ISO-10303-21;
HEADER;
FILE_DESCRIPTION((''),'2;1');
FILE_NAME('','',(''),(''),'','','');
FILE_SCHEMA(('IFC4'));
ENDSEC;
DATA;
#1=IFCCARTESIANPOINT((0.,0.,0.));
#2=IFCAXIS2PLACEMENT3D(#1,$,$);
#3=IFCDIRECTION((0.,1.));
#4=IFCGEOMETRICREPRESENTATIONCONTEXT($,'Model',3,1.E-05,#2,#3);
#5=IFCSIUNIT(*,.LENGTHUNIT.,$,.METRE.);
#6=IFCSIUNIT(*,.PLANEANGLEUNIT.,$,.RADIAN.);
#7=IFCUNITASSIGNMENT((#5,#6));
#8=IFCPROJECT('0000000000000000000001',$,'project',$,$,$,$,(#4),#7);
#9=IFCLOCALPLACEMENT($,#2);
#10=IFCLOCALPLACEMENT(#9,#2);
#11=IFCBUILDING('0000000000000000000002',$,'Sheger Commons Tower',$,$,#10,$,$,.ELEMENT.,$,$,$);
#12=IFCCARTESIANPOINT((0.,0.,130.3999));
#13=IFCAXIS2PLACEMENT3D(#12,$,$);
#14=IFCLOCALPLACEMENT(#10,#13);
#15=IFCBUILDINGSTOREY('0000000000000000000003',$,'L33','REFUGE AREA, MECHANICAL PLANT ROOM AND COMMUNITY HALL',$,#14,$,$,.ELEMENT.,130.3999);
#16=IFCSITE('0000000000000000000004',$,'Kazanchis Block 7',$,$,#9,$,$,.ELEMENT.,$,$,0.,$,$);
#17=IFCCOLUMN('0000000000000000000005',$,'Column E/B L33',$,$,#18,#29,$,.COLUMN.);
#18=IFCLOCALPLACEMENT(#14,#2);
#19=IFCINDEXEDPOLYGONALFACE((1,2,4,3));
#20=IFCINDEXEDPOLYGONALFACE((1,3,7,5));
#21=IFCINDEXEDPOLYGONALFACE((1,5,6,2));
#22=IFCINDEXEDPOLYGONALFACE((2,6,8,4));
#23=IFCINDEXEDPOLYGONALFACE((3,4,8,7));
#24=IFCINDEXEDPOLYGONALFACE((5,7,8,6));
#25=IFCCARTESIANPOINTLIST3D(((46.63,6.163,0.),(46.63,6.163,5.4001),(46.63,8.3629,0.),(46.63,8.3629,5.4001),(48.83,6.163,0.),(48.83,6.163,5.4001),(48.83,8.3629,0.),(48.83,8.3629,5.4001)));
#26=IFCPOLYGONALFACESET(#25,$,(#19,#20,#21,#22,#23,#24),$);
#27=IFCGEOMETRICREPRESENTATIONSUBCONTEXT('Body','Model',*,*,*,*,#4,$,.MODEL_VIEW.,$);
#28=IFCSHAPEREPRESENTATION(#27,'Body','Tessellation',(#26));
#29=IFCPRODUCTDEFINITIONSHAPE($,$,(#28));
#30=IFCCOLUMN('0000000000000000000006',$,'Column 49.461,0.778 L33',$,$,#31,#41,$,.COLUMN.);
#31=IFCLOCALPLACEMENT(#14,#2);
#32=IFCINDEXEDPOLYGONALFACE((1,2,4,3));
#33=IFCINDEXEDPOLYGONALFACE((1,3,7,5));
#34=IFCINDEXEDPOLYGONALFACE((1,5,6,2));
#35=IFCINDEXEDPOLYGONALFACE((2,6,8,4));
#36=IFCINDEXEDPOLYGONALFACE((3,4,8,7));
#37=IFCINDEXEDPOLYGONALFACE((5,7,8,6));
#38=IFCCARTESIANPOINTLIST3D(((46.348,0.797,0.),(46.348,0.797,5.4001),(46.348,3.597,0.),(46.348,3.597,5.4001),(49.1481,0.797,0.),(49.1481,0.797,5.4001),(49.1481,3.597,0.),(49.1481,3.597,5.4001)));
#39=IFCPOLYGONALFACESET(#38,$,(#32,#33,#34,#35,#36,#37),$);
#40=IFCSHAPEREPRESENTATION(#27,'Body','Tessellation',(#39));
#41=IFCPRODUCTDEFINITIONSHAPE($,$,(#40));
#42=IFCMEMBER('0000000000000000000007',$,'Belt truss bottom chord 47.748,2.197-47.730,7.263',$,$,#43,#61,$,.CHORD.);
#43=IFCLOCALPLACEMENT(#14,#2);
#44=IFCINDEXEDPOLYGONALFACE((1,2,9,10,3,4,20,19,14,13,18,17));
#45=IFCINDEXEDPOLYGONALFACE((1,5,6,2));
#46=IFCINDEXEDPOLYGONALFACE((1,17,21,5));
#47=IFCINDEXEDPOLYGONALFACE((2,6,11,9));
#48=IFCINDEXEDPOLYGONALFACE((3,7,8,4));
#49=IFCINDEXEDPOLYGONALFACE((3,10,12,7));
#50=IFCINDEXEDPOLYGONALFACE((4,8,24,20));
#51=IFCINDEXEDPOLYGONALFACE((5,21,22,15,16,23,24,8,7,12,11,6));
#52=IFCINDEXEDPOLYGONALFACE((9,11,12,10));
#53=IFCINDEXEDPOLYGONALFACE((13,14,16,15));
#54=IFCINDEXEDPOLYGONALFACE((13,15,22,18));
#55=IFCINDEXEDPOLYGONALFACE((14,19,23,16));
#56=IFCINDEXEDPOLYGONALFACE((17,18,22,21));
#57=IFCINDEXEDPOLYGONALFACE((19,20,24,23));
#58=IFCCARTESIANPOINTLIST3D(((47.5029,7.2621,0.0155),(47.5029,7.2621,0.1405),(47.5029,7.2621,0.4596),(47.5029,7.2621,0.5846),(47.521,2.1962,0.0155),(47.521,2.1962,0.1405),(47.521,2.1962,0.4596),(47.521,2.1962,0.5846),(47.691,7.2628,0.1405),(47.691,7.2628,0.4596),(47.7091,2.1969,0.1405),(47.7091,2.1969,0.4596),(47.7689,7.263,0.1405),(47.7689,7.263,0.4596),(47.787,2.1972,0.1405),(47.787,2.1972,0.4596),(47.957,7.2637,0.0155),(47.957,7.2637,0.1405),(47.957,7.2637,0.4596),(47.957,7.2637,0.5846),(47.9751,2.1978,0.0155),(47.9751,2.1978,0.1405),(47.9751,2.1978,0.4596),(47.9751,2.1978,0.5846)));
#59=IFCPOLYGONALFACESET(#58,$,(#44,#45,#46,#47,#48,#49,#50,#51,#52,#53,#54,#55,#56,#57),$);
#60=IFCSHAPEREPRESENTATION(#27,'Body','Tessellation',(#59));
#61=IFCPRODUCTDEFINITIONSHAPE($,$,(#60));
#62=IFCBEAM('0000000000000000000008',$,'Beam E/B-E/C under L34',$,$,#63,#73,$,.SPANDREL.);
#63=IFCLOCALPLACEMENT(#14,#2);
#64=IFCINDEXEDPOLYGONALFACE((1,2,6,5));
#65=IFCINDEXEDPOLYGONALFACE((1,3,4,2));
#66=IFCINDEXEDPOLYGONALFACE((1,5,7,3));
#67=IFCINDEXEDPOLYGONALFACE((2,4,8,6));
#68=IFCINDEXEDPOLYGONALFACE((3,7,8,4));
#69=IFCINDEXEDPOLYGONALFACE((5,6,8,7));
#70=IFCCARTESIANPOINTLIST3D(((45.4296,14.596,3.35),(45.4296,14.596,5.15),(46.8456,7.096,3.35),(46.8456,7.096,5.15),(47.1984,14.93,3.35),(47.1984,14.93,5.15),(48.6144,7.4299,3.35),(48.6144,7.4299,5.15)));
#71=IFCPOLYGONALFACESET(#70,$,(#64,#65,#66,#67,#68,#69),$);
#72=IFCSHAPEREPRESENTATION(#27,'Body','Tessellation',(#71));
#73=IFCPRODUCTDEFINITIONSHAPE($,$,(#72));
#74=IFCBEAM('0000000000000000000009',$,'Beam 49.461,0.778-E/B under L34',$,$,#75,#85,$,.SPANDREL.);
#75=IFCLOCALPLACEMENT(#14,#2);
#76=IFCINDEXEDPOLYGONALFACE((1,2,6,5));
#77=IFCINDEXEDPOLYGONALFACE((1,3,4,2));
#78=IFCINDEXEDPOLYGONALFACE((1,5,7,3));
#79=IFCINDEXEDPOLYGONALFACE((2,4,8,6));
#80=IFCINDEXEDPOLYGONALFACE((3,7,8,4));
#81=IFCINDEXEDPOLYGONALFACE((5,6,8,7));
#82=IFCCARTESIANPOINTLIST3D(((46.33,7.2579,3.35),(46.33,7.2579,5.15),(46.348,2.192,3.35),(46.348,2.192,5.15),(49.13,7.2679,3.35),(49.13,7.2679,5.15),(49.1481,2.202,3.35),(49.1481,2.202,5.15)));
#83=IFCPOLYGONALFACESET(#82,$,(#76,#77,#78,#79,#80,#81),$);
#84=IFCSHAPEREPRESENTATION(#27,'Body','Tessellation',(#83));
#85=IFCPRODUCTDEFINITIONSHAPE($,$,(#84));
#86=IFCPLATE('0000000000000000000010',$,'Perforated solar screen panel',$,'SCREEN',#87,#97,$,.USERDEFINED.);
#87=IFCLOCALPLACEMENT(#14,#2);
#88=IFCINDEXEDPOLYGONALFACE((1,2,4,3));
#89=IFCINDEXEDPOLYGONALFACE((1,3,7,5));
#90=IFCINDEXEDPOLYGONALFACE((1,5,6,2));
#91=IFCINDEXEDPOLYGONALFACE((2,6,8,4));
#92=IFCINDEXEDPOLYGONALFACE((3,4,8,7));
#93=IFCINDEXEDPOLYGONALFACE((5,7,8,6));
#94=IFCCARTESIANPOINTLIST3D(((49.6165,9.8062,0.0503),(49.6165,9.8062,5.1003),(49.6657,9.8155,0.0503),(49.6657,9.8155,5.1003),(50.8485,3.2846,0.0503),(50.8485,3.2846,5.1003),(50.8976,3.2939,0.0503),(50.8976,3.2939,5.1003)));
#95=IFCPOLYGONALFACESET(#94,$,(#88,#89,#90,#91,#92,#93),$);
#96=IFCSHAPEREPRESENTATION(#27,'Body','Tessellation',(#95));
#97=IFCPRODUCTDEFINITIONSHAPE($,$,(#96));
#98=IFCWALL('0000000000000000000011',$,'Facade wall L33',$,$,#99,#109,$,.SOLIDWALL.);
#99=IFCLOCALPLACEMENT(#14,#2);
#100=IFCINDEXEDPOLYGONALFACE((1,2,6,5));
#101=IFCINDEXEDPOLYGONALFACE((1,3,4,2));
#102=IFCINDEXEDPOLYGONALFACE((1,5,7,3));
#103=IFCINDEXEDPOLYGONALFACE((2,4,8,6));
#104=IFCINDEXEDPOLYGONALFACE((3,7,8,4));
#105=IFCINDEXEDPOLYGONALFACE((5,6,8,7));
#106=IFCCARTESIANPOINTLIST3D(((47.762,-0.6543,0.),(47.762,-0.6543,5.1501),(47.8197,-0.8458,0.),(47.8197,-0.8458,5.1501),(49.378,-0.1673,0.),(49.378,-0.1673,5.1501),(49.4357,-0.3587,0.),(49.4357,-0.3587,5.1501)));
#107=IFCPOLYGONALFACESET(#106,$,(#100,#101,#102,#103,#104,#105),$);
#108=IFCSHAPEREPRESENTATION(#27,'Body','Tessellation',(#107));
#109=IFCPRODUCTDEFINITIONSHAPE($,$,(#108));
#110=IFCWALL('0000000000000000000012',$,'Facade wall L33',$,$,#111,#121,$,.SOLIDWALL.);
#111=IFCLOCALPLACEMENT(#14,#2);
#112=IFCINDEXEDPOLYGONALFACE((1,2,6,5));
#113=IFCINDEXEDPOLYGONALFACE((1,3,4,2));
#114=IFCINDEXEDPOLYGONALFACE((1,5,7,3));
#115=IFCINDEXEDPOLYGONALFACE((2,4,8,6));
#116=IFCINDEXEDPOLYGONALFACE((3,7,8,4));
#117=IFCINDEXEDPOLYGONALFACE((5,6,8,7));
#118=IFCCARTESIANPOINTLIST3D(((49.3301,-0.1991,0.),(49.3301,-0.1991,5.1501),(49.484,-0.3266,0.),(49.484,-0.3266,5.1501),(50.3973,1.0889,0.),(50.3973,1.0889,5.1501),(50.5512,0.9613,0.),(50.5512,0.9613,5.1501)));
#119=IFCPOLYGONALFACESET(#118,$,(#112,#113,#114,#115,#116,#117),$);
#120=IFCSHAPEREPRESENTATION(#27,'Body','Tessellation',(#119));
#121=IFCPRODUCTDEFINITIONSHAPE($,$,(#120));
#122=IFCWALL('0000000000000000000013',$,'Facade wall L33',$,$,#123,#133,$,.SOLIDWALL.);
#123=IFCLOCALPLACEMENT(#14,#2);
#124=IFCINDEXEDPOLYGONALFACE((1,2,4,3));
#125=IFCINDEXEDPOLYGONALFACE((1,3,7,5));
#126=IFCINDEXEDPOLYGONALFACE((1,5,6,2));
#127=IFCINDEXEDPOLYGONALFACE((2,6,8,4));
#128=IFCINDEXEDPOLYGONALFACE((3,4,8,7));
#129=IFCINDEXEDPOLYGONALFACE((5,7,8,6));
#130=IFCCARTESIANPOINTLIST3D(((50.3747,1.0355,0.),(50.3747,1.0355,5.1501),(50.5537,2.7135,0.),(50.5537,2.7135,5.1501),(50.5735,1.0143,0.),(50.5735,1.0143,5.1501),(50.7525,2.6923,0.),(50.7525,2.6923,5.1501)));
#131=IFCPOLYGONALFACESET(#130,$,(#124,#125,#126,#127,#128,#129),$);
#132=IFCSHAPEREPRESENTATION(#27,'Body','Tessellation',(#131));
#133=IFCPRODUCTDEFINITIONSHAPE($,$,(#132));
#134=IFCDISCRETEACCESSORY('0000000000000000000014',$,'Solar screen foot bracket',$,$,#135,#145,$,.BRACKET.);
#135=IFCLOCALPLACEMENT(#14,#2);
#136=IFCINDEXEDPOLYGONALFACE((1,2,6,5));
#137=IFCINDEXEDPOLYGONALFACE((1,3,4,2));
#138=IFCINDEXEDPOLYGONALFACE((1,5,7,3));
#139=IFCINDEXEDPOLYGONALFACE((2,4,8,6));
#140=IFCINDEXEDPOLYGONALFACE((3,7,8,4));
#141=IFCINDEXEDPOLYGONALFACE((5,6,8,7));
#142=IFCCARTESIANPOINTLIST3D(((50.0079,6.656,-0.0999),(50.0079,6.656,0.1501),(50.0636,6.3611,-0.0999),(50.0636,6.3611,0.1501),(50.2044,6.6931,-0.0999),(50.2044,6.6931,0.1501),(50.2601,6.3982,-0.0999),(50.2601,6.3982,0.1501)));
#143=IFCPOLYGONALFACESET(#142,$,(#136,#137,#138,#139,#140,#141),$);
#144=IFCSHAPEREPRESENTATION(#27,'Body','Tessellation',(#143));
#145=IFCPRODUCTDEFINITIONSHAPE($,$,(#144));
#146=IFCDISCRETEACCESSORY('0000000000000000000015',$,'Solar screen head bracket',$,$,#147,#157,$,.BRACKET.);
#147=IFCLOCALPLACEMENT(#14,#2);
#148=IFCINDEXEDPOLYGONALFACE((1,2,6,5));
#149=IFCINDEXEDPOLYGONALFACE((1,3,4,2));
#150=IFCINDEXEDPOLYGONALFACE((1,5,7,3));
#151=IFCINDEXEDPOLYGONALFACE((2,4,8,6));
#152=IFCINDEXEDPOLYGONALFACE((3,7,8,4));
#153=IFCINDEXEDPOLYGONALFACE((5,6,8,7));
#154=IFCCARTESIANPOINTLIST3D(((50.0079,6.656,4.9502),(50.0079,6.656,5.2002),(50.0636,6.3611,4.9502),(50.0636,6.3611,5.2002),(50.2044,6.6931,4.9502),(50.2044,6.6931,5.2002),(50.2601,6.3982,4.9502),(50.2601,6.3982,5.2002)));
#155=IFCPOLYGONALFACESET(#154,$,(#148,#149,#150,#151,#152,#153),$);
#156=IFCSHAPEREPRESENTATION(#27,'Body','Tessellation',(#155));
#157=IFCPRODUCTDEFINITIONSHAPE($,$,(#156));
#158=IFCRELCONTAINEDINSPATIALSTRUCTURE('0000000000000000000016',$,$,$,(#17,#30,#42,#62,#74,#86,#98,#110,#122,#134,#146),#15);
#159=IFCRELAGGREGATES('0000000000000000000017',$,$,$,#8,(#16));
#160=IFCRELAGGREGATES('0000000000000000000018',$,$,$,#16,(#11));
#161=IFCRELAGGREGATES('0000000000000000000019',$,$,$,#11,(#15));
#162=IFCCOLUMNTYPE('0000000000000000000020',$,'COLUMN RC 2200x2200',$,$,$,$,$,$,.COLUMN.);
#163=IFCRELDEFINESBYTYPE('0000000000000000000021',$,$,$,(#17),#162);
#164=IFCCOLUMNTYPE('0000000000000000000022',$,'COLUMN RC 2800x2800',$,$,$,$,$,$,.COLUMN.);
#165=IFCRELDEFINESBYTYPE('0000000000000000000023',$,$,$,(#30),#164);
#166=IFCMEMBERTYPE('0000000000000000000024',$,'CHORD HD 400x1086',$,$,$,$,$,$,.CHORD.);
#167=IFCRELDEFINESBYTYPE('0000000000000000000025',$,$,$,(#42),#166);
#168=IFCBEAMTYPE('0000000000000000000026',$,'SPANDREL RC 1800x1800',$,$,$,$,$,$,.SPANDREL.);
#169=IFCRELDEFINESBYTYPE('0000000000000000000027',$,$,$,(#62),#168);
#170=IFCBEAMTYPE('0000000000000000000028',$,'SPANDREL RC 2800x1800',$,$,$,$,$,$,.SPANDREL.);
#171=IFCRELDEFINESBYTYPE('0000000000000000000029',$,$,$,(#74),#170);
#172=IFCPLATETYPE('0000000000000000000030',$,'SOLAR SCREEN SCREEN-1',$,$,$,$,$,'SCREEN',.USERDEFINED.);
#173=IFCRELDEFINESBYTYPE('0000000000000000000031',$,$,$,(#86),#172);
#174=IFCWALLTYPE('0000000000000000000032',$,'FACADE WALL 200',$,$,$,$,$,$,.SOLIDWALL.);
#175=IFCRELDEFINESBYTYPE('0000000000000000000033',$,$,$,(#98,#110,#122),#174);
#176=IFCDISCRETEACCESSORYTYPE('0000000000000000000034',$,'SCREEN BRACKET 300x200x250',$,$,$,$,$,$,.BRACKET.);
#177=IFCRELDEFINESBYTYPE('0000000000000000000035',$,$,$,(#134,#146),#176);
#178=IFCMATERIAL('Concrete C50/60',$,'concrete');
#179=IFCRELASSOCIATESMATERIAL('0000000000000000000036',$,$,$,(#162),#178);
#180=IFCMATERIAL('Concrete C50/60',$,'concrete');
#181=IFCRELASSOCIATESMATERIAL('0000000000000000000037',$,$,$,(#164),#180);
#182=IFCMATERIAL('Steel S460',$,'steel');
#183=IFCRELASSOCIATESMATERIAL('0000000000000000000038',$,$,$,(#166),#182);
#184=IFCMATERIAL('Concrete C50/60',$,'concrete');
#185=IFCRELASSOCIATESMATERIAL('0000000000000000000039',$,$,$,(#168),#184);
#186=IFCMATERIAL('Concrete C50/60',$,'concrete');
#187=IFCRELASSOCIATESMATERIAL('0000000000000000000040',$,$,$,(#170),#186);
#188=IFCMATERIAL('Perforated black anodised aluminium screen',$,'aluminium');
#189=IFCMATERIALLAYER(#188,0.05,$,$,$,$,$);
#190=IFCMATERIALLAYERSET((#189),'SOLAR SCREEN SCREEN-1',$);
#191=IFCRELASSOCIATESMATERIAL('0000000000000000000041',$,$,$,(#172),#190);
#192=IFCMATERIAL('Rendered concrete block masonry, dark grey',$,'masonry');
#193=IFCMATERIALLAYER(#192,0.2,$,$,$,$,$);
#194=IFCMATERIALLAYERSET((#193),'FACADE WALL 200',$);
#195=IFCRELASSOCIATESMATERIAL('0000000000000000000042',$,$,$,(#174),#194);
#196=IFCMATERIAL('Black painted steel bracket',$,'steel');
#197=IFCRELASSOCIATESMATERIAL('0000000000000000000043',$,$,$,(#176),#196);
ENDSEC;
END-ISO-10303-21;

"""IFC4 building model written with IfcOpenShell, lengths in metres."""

from ifc_helpers import new_model, si_unit, direction, frame, frame_2d, origin, origin_2d, place, context, subcontext, project, spatial, rectangle, i_section, extrude, material, layer, layer_set, material_profile, profile_set, type_object, element, save


model = new_model("IFC4")

# Units and contexts
model_context = context("Model", 3, precision=1e-05, world=origin(), true_north=direction((0.0, 1.0)))
body_context = subcontext(model_context, "Body", "Model", "MODEL_VIEW")
ifc_project = project(units=[si_unit("LENGTHUNIT", "METRE"), si_unit("PLANEANGLEUNIT", "RADIAN")], contexts=[model_context])

# Site, building, storey
site_placement = place(None, origin())
site = spatial("IfcSite", under=ifc_project, at=site_placement, Name="Kazanchis Block 7", CompositionType="ELEMENT", RefElevation=0.0)
building_placement = place(site_placement, origin())
building = spatial("IfcBuilding", under=site, at=building_placement, Name="Sheger Commons Tower", CompositionType="ELEMENT")
storey_placement = place(building_placement, frame((0.0, 0.0, 130.3999)))
storey = spatial("IfcBuildingStorey", under=building, at=storey_placement, Name="L33", Description="REFUGE AREA, MECHANICAL PLANT ROOM AND COMMUNITY HALL", CompositionType="ELEMENT", Elevation=130.3999)

# Columns
ifc_material_1 = material(Name="Concrete C50/60", Category="concrete")
ifc_material_profile_1 = material_profile(ifc_material_1, rectangle(XDim=2.2, YDim=2.2, at=origin_2d()), Name="RC 2200x2200")
ifc_profile_set_1 = profile_set([ifc_material_profile_1], Name="Concrete C50/60")
column_type_1 = type_object("IfcColumnType", Name="COLUMN RC 2200x2200", PredefinedType="COLUMN", material=ifc_profile_set_1)
column_1_placement = place(storey_placement, frame((47.73, 7.2629, 0.0), z_axis=(0.0, 0.0, 1.0), x_axis=(1.0, 0.0, 0.0)))
element("IfcColumn", 1, at=column_1_placement, inside=storey, type_object=column_type_1, Name="Column E/B L33", PredefinedType="COLUMN", context=body_context, shape_type="SweptSolid", body=[
    extrude(rectangle(XDim=2.2, YDim=2.2, at=origin_2d()), origin(), (0.0, 0.0, 1.0), 5.4001),
])
ifc_material_2 = material(Name="Concrete C50/60", Category="concrete")
ifc_material_profile_2 = material_profile(ifc_material_2, rectangle(XDim=2.8, YDim=2.8, at=origin_2d()), Name="RC 2800x2800")
ifc_profile_set_2 = profile_set([ifc_material_profile_2], Name="Concrete C50/60")
column_type_2 = type_object("IfcColumnType", Name="COLUMN RC 2800x2800", PredefinedType="COLUMN", material=ifc_profile_set_2)
column_2_placement = place(storey_placement, frame((47.748, 2.197, 0.0), z_axis=(0.0, 0.0, 1.0), x_axis=(1.0, 0.0, 0.0)))
element("IfcColumn", 2, at=column_2_placement, inside=storey, type_object=column_type_2, Name="Column 49.461,0.778 L33", PredefinedType="COLUMN", context=body_context, shape_type="SweptSolid", body=[
    extrude(rectangle(XDim=2.8, YDim=2.8, at=origin_2d()), origin(), (0.0, 0.0, 1.0), 5.4001),
])

# Member
ifc_material_3 = material(Name="Steel S460", Category="steel")
ifc_material_profile_3 = material_profile(ifc_material_3, i_section(OverallWidth=0.4541, OverallDepth=0.5691, WebThickness=0.0779, FlangeThickness=0.125, at=origin_2d()), Name="HD 400x1086")
ifc_profile_set_3 = profile_set([ifc_material_profile_3], Name="Steel S460")
member_type = type_object("IfcMemberType", Name="CHORD HD 400x1086", PredefinedType="CHORD", material=ifc_profile_set_3)
member_placement = place(storey_placement, frame((47.748, 2.197, 0.3), z_axis=(-0.003566, 0.999994, 0.0), x_axis=(-0.999994, -0.003566, 0.0)))
element("IfcMember", 3, at=member_placement, inside=storey, type_object=member_type, Name="Belt truss bottom chord 47.748,2.197-47.730,7.263", PredefinedType="CHORD", context=body_context, shape_type="SweptSolid", body=[
    extrude(i_section(OverallWidth=0.4541, OverallDepth=0.5691, WebThickness=0.0779, FlangeThickness=0.125, at=origin_2d()), origin(), (0.0, 0.0, 1.0), 5.0659),
])

# Beams
ifc_material_4 = material(Name="Concrete C50/60", Category="concrete")
ifc_material_profile_4 = material_profile(ifc_material_4, rectangle(XDim=1.8, YDim=1.8, at=origin_2d()), Name="RC 1800x1800")
ifc_profile_set_4 = profile_set([ifc_material_profile_4], Name="Concrete C50/60")
beam_type_1 = type_object("IfcBeamType", Name="SPANDREL RC 1800x1800", PredefinedType="SPANDREL", material=ifc_profile_set_4)
beam_1_placement = place(storey_placement, frame((47.73, 7.2629, 4.25), z_axis=(-0.185524, 0.98264, 0.0), x_axis=(-0.98264, -0.185524, 0.0)))
element("IfcBeam", 4, at=beam_1_placement, inside=storey, type_object=beam_type_1, Name="Beam E/B-E/C under L34", PredefinedType="SPANDREL", context=body_context, shape_type="SweptSolid", body=[
    extrude(rectangle(XDim=1.8, YDim=1.8, at=origin_2d()), origin(), (0.0, 0.0, 1.0), 7.6326),
])
ifc_material_5 = material(Name="Concrete C50/60", Category="concrete")
ifc_material_profile_5 = material_profile(ifc_material_5, rectangle(XDim=2.8, YDim=1.8, at=origin_2d()), Name="RC 2800x1800")
ifc_profile_set_5 = profile_set([ifc_material_profile_5], Name="Concrete C50/60")
beam_type_2 = type_object("IfcBeamType", Name="SPANDREL RC 2800x1800", PredefinedType="SPANDREL", material=ifc_profile_set_5)
beam_2_placement = place(storey_placement, frame((47.748, 2.197, 4.25), z_axis=(-0.003566, 0.999994, 0.0), x_axis=(-0.999994, -0.003566, 0.0)))
element("IfcBeam", 5, at=beam_2_placement, inside=storey, type_object=beam_type_2, Name="Beam 49.461,0.778-E/B under L34", PredefinedType="SPANDREL", context=body_context, shape_type="SweptSolid", body=[
    extrude(rectangle(XDim=2.8, YDim=1.8, at=origin_2d()), origin(), (0.0, 0.0, 1.0), 5.0659),
])

# Plate
ifc_material_6 = material(Name="Perforated black anodised aluminium screen", Category="aluminium")
ifc_layer_1 = layer(ifc_material_6, 0.05)
ifc_layer_set_1 = layer_set([ifc_layer_1], Name="SOLAR SCREEN SCREEN-1")
plate_type = type_object("IfcPlateType", Name="SOLAR SCREEN SCREEN-1", ElementType="SCREEN", PredefinedType="USERDEFINED", material=ifc_layer_set_1)
plate_placement = place(storey_placement, frame((50.2571, 6.55, 0.0503), z_axis=(0.0, 0.0, 1.0), x_axis=(-0.185615, 0.982623, 0.0)))
element("IfcPlate", 6, at=plate_placement, inside=storey, type_object=plate_type, Name="Perforated solar screen panel", ObjectType="SCREEN", PredefinedType="USERDEFINED", context=body_context, shape_type="SweptSolid", body=[
    extrude(rectangle(XDim=6.637, YDim=0.05, at=origin_2d()), origin(), (0.0, 0.0, 1.0), 5.05),
])

# Walls
ifc_material_7 = material(Name="Rendered concrete block masonry, dark grey", Category="masonry")
ifc_layer_2 = layer(ifc_material_7, 0.2)
ifc_layer_set_2 = layer_set([ifc_layer_2], Name="FACADE WALL 200")
wall_type = type_object("IfcWallType", Name="FACADE WALL 200", PredefinedType="SOLIDWALL", material=ifc_layer_set_2)
wall_1_placement = place(storey_placement, frame((47.791, -0.75, 0.0), z_axis=(0.0, 0.0, 1.0), x_axis=(0.957455, 0.288582, 0.0)))
element("IfcWall", 7, at=wall_1_placement, inside=storey, type_object=wall_type, Name="Facade wall L33", PredefinedType="SOLIDWALL", context=body_context, shape_type="SweptSolid", body=[
    extrude(rectangle(XDim=1.6877, YDim=0.2, at=frame_2d((0.8438, 0.0))), origin(), (0.0, 0.0, 1.0), 5.1501),
])
wall_2_placement = place(storey_placement, frame((49.407, -0.2629, 0.0), z_axis=(0.0, 0.0, 1.0), x_axis=(0.638043, 0.770001, 0.0)))
element("IfcWall", 8, at=wall_2_placement, inside=storey, type_object=wall_type, Name="Facade wall L33", PredefinedType="SOLIDWALL", context=body_context, shape_type="SweptSolid", body=[
    extrude(rectangle(XDim=1.6726, YDim=0.2, at=frame_2d((0.8364, 0.0))), origin(), (0.0, 0.0, 1.0), 5.1501),
])
wall_3_placement = place(storey_placement, frame((50.4741, 1.0249, 0.0), z_axis=(0.0, 0.0, 1.0), x_axis=(0.106048, 0.994361, 0.0)))
element("IfcWall", 9, at=wall_3_placement, inside=storey, type_object=wall_type, Name="Facade wall L33", PredefinedType="SOLIDWALL", context=body_context, shape_type="SweptSolid", body=[
    extrude(rectangle(XDim=1.6875, YDim=0.2, at=frame_2d((0.8438, 0.0))), origin(), (0.0, 0.0, 1.0), 5.1501),
])

# Discrete accessories
ifc_material_8 = material(Name="Black painted steel bracket", Category="steel")
discrete_accessory_type = type_object("IfcDiscreteAccessoryType", Name="SCREEN BRACKET 300x200x250", PredefinedType="BRACKET", material=ifc_material_8)
for number, where, z_axis, x_axis, name in (
    (10, (50.134, 6.5271, -0.0999), (0.0, 0.0, 1.0), (-0.185615, 0.982623, 0.0), "Solar screen foot bracket"),
    (11, (50.134, 6.5271, 4.9502), (0.0, 0.0, 1.0), (-0.185615, 0.982623, 0.0), "Solar screen head bracket"),
):
    element("IfcDiscreteAccessory", number, at=place(storey_placement, frame(where, z_axis=z_axis, x_axis=x_axis)), inside=storey, type_object=discrete_accessory_type, Name=name, PredefinedType="BRACKET", context=body_context, shape_type="SweptSolid", body=[
        extrude(rectangle(XDim=0.3, YDim=0.2, at=origin_2d()), origin(), (0.0, 0.0, 1.0), 0.25),
    ])

save(model, "model.ifc")
